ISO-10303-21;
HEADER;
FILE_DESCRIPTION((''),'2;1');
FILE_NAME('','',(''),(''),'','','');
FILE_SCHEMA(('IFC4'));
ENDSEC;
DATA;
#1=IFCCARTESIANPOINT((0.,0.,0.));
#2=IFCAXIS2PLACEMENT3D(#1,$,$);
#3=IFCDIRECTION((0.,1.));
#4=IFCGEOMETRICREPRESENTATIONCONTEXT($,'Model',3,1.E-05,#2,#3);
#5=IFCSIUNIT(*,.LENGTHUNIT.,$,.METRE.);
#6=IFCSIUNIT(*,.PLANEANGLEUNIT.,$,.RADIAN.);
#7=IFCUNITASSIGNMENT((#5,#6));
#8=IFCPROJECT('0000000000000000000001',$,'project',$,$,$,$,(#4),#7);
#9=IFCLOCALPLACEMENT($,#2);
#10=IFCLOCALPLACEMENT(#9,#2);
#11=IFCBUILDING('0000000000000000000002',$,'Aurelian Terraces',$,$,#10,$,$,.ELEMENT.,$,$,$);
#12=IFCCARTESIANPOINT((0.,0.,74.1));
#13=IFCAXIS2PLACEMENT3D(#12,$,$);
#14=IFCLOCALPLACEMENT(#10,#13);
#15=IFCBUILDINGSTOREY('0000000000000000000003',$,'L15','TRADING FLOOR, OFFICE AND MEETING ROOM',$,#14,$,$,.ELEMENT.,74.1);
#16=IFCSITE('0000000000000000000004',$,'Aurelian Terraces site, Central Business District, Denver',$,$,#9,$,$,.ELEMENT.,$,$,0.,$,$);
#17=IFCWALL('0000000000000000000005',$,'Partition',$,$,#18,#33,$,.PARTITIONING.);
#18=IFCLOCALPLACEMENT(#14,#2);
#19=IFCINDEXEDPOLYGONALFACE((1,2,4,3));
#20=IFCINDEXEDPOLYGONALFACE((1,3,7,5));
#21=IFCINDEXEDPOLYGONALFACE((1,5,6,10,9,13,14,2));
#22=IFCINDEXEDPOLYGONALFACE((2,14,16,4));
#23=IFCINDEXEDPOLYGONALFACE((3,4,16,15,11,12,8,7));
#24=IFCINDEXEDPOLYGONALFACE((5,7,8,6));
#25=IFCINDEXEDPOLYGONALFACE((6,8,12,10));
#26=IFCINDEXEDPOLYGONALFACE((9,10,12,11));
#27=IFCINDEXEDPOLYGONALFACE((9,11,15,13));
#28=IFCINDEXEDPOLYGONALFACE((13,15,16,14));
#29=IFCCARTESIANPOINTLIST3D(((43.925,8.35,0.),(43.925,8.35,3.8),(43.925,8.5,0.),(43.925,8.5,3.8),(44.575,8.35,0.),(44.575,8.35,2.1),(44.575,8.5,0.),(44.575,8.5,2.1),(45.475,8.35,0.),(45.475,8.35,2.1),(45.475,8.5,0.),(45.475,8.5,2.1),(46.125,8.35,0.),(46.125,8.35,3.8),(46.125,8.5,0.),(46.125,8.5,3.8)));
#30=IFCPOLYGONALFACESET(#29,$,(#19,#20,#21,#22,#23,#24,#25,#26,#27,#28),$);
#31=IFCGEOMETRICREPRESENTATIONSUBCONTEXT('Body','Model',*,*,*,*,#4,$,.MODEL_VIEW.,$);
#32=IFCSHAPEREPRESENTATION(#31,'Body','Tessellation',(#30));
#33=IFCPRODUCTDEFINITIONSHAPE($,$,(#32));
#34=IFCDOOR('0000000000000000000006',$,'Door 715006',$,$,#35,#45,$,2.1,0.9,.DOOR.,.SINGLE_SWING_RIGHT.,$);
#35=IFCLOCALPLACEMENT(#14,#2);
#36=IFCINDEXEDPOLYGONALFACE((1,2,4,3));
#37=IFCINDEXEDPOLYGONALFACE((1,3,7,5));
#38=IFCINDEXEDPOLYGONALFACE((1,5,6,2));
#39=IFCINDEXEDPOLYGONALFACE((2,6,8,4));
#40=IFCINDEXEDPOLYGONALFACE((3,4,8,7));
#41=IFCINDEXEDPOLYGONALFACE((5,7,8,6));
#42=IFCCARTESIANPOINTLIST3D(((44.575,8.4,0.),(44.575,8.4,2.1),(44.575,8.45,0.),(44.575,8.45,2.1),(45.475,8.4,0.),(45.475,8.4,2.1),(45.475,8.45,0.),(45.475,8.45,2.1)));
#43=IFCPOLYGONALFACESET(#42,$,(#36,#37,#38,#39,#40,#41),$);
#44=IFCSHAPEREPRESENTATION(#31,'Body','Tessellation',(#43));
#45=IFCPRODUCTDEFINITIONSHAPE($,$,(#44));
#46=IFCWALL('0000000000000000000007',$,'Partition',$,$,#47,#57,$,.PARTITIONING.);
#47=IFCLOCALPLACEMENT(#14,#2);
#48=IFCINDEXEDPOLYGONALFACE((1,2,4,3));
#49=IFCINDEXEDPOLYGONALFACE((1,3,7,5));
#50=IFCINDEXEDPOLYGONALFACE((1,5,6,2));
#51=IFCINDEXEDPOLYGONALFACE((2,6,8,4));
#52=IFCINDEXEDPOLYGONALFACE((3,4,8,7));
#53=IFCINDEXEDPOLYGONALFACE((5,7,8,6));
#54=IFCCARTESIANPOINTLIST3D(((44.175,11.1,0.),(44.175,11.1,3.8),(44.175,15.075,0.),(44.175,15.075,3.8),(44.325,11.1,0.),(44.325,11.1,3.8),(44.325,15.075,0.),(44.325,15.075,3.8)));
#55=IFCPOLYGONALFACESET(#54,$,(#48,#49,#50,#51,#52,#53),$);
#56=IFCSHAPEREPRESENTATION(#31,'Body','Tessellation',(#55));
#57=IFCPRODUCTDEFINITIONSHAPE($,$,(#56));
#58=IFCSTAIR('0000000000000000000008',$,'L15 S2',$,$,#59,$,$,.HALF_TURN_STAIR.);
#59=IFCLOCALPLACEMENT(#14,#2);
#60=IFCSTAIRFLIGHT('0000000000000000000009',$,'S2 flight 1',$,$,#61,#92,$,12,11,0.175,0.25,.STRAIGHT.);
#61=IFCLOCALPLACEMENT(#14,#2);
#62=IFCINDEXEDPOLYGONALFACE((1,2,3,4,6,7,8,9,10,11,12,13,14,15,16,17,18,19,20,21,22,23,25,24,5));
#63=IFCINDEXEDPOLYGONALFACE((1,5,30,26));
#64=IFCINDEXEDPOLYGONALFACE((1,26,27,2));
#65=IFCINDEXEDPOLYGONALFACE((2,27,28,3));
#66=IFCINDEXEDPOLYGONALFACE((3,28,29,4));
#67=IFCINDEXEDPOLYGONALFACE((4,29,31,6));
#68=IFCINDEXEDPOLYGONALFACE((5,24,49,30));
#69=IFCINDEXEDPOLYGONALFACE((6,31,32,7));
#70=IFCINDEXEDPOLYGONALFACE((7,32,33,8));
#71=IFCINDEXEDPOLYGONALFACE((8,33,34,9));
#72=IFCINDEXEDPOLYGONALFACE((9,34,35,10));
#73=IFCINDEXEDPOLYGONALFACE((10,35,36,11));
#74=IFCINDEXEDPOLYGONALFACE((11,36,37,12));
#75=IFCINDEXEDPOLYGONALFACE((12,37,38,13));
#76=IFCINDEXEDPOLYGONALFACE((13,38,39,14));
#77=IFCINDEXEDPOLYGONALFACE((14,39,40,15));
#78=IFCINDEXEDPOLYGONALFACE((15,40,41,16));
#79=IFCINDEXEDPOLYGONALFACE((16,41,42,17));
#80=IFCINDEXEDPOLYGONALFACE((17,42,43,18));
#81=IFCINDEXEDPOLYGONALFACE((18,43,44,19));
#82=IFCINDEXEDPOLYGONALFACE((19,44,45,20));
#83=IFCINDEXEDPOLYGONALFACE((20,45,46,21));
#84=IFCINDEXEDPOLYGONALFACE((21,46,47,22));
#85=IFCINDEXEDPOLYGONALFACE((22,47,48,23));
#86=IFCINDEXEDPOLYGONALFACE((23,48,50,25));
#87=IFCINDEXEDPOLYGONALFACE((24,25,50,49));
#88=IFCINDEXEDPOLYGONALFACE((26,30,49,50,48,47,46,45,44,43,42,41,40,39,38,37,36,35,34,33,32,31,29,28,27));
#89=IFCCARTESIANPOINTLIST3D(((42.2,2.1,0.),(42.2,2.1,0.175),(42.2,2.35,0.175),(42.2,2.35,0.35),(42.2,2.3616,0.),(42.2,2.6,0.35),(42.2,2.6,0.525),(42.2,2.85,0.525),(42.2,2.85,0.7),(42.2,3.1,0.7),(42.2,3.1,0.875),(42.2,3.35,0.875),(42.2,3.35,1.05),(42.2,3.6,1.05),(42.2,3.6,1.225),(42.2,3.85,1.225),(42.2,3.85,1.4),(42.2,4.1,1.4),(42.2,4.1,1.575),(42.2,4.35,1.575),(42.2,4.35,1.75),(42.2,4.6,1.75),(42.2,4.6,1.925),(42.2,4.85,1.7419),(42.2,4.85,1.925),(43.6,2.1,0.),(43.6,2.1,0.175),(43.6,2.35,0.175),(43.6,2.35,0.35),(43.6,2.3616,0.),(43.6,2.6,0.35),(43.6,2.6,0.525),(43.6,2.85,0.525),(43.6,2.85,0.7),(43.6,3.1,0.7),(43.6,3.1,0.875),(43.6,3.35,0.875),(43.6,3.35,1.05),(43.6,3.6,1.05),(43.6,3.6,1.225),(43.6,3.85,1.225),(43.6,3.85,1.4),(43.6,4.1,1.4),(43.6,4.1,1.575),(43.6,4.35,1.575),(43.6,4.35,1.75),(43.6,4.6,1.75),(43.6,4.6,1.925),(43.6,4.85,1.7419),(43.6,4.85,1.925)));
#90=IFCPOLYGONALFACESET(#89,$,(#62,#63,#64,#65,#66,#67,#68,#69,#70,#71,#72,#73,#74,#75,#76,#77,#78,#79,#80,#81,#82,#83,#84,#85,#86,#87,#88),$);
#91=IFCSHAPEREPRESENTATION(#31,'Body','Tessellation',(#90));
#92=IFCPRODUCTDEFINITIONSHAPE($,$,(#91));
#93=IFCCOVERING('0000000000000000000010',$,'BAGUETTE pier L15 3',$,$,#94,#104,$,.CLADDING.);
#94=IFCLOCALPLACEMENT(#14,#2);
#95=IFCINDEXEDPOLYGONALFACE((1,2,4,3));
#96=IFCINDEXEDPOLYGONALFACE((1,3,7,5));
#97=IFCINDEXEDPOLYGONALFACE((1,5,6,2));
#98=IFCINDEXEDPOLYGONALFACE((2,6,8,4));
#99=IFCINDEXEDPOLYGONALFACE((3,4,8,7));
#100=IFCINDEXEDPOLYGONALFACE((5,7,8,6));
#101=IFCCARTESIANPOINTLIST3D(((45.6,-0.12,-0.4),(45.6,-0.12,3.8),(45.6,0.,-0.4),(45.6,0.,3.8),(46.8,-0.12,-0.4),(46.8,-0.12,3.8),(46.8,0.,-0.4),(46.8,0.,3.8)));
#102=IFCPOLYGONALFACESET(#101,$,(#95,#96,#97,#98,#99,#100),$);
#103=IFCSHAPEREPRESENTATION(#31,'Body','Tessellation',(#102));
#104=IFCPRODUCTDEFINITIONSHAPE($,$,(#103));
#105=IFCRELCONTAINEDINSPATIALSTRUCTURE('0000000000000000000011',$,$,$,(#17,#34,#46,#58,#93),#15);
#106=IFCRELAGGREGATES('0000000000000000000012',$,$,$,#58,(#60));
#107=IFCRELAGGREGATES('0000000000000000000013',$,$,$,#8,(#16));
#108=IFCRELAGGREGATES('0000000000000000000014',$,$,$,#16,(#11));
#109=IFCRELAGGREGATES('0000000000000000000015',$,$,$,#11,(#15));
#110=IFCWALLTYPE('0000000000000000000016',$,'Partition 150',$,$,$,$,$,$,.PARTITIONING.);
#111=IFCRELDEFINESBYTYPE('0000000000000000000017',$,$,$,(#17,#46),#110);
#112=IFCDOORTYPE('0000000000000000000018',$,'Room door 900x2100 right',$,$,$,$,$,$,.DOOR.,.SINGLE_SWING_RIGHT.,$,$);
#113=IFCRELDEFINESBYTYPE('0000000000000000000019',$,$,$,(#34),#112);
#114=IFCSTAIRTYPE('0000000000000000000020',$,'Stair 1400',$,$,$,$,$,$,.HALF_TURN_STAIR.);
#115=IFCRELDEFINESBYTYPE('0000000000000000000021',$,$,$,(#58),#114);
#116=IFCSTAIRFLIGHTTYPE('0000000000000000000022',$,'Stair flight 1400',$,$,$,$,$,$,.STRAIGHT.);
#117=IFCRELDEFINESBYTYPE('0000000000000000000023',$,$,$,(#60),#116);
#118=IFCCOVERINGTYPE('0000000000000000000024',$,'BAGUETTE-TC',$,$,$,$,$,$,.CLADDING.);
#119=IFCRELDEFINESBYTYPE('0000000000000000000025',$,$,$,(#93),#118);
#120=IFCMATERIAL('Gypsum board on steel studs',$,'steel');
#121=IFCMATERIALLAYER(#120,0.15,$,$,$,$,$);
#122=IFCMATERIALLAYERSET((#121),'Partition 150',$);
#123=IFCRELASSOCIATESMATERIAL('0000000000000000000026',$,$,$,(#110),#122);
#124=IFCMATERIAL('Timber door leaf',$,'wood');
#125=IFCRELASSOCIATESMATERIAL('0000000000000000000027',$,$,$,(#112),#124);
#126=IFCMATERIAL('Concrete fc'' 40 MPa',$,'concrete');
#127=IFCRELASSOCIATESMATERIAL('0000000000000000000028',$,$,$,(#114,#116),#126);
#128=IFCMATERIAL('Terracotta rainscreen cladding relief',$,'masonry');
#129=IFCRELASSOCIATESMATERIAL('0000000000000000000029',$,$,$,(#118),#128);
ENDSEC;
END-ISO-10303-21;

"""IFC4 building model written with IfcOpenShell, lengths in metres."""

from ifc_helpers import new_model, si_unit, direction, frame, frame_2d, origin, origin_2d, place, context, subcontext, project, spatial, polyline, rectangle, outline, extrude, source, transform, mapped, material, layer, layer_set, type_object, element, fill, aggregate, save


model = new_model("IFC4")

# Units and contexts
model_context = context("Model", 3, precision=1e-05, world=origin(), true_north=direction((0.0, 1.0)))
body_context = subcontext(model_context, "Body", "Model", "MODEL_VIEW")
ifc_project = project(units=[si_unit("LENGTHUNIT", "METRE"), si_unit("PLANEANGLEUNIT", "RADIAN")], contexts=[model_context])

# Site, building, storey
site_placement = place(None, origin())
site = spatial("IfcSite", under=ifc_project, at=site_placement, Name="Aurelian Terraces site, Central Business District, Denver", CompositionType="ELEMENT", RefElevation=0.0)
building_placement = place(site_placement, origin())
building = spatial("IfcBuilding", under=site, at=building_placement, Name="Aurelian Terraces", CompositionType="ELEMENT")
storey_placement = place(building_placement, frame((0.0, 0.0, 74.1)))
storey = spatial("IfcBuildingStorey", under=building, at=storey_placement, Name="L15", Description="TRADING FLOOR, OFFICE AND MEETING ROOM", CompositionType="ELEMENT", Elevation=74.1)

# Shared definitions
ifc_material_1 = material(Name="Timber door leaf", Category="wood")

# Shared definitions
ifc_material_2 = material(Name="Concrete fc' 40 MPa", Category="concrete")

# Shared definitions
ifc_material_3 = material(Name="Gypsum board on steel studs", Category="steel")
ifc_layer_1 = layer(ifc_material_3, 0.15)
ifc_layer_set_1 = layer_set([ifc_layer_1], Name="Partition 150")
wall_type_1 = type_object("IfcWallType", Name="Partition 150", PredefinedType="PARTITIONING", material=ifc_layer_set_1)

# Wall, opening, door
shared_shape_1 = source(origin(), body_context, "Body", "SweptSolid", [
    extrude(rectangle(XDim=2.2, YDim=0.15, at=frame_2d((1.1, 0.0))), origin(), (0.0, 0.0, 1.0), 3.8),
])
wall_1_placement = place(storey_placement, frame((46.125, 8.425, 0.0), z_axis=(0.0, 0.0, 1.0), x_axis=(-1.0, 0.0, 0.0)))
wall_1 = element("IfcWall", 1, at=wall_1_placement, inside=storey, type_object=wall_type_1, Name="Partition", PredefinedType="PARTITIONING", context=body_context, shape_type="MappedRepresentation", body=[
    mapped(shared_shape_1, transform((0.0, 0.0, 0.0), scale=1.0)),
])
shared_shape_2 = source(origin(), body_context, "Body", "SweptSolid", [
    extrude(rectangle(XDim=0.9, YDim=2.1, at=frame_2d((0.45, 1.05))), frame((0.0, 0.085, 0.0), z_axis=(0.0, -1.0, 0.0), x_axis=(1.0, 0.0, 0.0)), (0.0, 0.0, 1.0), 0.17),
])
opening_1_placement = place(wall_1_placement, frame((0.65, 0.0, 0.0)))
opening_1 = element("IfcOpeningElement", 2, at=opening_1_placement, cuts=wall_1, PredefinedType="OPENING", context=body_context, shape_type="MappedRepresentation", body=[
    mapped(shared_shape_2, transform((0.0, 0.0, 0.0), scale=1.0)),
])
door_type_1 = type_object("IfcDoorType", Name="Room door 900x2100 right", OperationType="SINGLE_SWING_RIGHT", PredefinedType="DOOR", material=ifc_material_1)
shared_shape_3 = source(origin(), body_context, "Body", "SweptSolid", [
    extrude(rectangle(XDim=0.9, YDim=2.1, at=frame_2d((0.45, 1.05))), frame((0.0, 0.025, 0.0), z_axis=(0.0, -1.0, 0.0), x_axis=(1.0, 0.0, 0.0)), (0.0, 0.0, 1.0), 0.05),
])
door_1_placement = place(opening_1_placement, origin())
door_1 = element("IfcDoor", 3, at=door_1_placement, inside=storey, type_object=door_type_1, Name="Door 715006", OperationType="SINGLE_SWING_RIGHT", OverallHeight=2.1, OverallWidth=0.9, PredefinedType="DOOR", context=body_context, shape_type="MappedRepresentation", body=[
    mapped(shared_shape_3, transform((0.0, 0.0, 0.0), scale=1.0)),
])
fill(opening_1, door_1)

# Wall
shared_shape_4 = source(origin(), body_context, "Body", "SweptSolid", [
    extrude(rectangle(XDim=3.975, YDim=0.15, at=frame_2d((1.9875, 0.0))), origin(), (0.0, 0.0, 1.0), 3.8),
])
wall_2_placement = place(storey_placement, frame((44.25, 11.1, 0.0), z_axis=(0.0, 0.0, 1.0), x_axis=(0.0, 1.0, 0.0)))
element("IfcWall", 4, at=wall_2_placement, inside=storey, type_object=wall_type_1, Name="Partition", PredefinedType="PARTITIONING", context=body_context, shape_type="MappedRepresentation", body=[
    mapped(shared_shape_4, transform((0.0, 0.0, 0.0), scale=1.0)),
])

# Stair, stair flight
stair_type = type_object("IfcStairType", Name="Stair 1400", PredefinedType="HALF_TURN_STAIR", material=ifc_material_2)
stair_placement = place(storey_placement, origin())
stair = element("IfcStair", 5, at=stair_placement, inside=storey, type_object=stair_type, Name="L15 S2", PredefinedType="HALF_TURN_STAIR")
stair_flight_type = type_object("IfcStairFlightType", Name="Stair flight 1400", PredefinedType="STRAIGHT", material=ifc_material_2)
shared_shape_5 = source(origin(), body_context, "Body", "SweptSolid", [
    extrude(outline(polyline([(0.0, 0.0), (0.0, 0.175), (0.25, 0.175), (0.25, 0.35), (0.5, 0.35), (0.5, 0.525), (0.75, 0.525), (0.75, 0.7), (1.0, 0.7), (1.0, 0.875), (1.25, 0.875), (1.25, 1.05), (1.5, 1.05), (1.5, 1.225), (1.75, 1.225), (1.75, 1.4), (2.0, 1.4), (2.0, 1.575), (2.25, 1.575), (2.25, 1.75), (2.5, 1.75), (2.5, 1.925), (2.75, 1.925), (2.75, 2.1), (2.75, 1.7419), (0.2616, 0.0), (0.0, 0.0)])), frame((0.0, 0.7, 0.0), z_axis=(0.0, -1.0, 0.0), x_axis=(1.0, 0.0, 0.0)), (0.0, 0.0, 1.0), 1.4),
])
stair_flight_placement = place(storey_placement, frame((42.9, 2.1, 0.0), z_axis=(0.0, 0.0, 1.0), x_axis=(0.0, 1.0, 0.0)))
stair_flight = element("IfcStairFlight", 6, at=stair_flight_placement, type_object=stair_flight_type, Name="S2 flight 1", NumberOfRisers=12, NumberOfTreads=11, PredefinedType="STRAIGHT", RiserHeight=0.175, TreadLength=0.25, context=body_context, shape_type="MappedRepresentation", body=[
    mapped(shared_shape_5, transform((0.0, 0.0, 0.0), scale=1.0)),
])
aggregate(stair, [stair_flight])

# Covering
ifc_material_4 = material(Name="Terracotta rainscreen cladding relief", Category="masonry")
covering_type = type_object("IfcCoveringType", Name="BAGUETTE-TC", PredefinedType="CLADDING", material=ifc_material_4)
shared_shape_6 = source(origin(), body_context, "Body", "SweptSolid", [
    extrude(rectangle(XDim=1.2, YDim=0.12, at=origin_2d()), origin(), (0.0, 0.0, 1.0), 4.2),
])
covering_placement = place(storey_placement, frame((46.2, -0.06, -0.4), z_axis=(0.0, 0.0, 1.0), x_axis=(1.0, 0.0, 0.0)))
element("IfcCovering", 7, at=covering_placement, inside=storey, type_object=covering_type, Name="BAGUETTE pier L15 3", PredefinedType="CLADDING", context=body_context, shape_type="MappedRepresentation", body=[
    mapped(shared_shape_6, transform((0.0, 0.0, 0.0), scale=1.0)),
])

save(model, "model.ifc")
